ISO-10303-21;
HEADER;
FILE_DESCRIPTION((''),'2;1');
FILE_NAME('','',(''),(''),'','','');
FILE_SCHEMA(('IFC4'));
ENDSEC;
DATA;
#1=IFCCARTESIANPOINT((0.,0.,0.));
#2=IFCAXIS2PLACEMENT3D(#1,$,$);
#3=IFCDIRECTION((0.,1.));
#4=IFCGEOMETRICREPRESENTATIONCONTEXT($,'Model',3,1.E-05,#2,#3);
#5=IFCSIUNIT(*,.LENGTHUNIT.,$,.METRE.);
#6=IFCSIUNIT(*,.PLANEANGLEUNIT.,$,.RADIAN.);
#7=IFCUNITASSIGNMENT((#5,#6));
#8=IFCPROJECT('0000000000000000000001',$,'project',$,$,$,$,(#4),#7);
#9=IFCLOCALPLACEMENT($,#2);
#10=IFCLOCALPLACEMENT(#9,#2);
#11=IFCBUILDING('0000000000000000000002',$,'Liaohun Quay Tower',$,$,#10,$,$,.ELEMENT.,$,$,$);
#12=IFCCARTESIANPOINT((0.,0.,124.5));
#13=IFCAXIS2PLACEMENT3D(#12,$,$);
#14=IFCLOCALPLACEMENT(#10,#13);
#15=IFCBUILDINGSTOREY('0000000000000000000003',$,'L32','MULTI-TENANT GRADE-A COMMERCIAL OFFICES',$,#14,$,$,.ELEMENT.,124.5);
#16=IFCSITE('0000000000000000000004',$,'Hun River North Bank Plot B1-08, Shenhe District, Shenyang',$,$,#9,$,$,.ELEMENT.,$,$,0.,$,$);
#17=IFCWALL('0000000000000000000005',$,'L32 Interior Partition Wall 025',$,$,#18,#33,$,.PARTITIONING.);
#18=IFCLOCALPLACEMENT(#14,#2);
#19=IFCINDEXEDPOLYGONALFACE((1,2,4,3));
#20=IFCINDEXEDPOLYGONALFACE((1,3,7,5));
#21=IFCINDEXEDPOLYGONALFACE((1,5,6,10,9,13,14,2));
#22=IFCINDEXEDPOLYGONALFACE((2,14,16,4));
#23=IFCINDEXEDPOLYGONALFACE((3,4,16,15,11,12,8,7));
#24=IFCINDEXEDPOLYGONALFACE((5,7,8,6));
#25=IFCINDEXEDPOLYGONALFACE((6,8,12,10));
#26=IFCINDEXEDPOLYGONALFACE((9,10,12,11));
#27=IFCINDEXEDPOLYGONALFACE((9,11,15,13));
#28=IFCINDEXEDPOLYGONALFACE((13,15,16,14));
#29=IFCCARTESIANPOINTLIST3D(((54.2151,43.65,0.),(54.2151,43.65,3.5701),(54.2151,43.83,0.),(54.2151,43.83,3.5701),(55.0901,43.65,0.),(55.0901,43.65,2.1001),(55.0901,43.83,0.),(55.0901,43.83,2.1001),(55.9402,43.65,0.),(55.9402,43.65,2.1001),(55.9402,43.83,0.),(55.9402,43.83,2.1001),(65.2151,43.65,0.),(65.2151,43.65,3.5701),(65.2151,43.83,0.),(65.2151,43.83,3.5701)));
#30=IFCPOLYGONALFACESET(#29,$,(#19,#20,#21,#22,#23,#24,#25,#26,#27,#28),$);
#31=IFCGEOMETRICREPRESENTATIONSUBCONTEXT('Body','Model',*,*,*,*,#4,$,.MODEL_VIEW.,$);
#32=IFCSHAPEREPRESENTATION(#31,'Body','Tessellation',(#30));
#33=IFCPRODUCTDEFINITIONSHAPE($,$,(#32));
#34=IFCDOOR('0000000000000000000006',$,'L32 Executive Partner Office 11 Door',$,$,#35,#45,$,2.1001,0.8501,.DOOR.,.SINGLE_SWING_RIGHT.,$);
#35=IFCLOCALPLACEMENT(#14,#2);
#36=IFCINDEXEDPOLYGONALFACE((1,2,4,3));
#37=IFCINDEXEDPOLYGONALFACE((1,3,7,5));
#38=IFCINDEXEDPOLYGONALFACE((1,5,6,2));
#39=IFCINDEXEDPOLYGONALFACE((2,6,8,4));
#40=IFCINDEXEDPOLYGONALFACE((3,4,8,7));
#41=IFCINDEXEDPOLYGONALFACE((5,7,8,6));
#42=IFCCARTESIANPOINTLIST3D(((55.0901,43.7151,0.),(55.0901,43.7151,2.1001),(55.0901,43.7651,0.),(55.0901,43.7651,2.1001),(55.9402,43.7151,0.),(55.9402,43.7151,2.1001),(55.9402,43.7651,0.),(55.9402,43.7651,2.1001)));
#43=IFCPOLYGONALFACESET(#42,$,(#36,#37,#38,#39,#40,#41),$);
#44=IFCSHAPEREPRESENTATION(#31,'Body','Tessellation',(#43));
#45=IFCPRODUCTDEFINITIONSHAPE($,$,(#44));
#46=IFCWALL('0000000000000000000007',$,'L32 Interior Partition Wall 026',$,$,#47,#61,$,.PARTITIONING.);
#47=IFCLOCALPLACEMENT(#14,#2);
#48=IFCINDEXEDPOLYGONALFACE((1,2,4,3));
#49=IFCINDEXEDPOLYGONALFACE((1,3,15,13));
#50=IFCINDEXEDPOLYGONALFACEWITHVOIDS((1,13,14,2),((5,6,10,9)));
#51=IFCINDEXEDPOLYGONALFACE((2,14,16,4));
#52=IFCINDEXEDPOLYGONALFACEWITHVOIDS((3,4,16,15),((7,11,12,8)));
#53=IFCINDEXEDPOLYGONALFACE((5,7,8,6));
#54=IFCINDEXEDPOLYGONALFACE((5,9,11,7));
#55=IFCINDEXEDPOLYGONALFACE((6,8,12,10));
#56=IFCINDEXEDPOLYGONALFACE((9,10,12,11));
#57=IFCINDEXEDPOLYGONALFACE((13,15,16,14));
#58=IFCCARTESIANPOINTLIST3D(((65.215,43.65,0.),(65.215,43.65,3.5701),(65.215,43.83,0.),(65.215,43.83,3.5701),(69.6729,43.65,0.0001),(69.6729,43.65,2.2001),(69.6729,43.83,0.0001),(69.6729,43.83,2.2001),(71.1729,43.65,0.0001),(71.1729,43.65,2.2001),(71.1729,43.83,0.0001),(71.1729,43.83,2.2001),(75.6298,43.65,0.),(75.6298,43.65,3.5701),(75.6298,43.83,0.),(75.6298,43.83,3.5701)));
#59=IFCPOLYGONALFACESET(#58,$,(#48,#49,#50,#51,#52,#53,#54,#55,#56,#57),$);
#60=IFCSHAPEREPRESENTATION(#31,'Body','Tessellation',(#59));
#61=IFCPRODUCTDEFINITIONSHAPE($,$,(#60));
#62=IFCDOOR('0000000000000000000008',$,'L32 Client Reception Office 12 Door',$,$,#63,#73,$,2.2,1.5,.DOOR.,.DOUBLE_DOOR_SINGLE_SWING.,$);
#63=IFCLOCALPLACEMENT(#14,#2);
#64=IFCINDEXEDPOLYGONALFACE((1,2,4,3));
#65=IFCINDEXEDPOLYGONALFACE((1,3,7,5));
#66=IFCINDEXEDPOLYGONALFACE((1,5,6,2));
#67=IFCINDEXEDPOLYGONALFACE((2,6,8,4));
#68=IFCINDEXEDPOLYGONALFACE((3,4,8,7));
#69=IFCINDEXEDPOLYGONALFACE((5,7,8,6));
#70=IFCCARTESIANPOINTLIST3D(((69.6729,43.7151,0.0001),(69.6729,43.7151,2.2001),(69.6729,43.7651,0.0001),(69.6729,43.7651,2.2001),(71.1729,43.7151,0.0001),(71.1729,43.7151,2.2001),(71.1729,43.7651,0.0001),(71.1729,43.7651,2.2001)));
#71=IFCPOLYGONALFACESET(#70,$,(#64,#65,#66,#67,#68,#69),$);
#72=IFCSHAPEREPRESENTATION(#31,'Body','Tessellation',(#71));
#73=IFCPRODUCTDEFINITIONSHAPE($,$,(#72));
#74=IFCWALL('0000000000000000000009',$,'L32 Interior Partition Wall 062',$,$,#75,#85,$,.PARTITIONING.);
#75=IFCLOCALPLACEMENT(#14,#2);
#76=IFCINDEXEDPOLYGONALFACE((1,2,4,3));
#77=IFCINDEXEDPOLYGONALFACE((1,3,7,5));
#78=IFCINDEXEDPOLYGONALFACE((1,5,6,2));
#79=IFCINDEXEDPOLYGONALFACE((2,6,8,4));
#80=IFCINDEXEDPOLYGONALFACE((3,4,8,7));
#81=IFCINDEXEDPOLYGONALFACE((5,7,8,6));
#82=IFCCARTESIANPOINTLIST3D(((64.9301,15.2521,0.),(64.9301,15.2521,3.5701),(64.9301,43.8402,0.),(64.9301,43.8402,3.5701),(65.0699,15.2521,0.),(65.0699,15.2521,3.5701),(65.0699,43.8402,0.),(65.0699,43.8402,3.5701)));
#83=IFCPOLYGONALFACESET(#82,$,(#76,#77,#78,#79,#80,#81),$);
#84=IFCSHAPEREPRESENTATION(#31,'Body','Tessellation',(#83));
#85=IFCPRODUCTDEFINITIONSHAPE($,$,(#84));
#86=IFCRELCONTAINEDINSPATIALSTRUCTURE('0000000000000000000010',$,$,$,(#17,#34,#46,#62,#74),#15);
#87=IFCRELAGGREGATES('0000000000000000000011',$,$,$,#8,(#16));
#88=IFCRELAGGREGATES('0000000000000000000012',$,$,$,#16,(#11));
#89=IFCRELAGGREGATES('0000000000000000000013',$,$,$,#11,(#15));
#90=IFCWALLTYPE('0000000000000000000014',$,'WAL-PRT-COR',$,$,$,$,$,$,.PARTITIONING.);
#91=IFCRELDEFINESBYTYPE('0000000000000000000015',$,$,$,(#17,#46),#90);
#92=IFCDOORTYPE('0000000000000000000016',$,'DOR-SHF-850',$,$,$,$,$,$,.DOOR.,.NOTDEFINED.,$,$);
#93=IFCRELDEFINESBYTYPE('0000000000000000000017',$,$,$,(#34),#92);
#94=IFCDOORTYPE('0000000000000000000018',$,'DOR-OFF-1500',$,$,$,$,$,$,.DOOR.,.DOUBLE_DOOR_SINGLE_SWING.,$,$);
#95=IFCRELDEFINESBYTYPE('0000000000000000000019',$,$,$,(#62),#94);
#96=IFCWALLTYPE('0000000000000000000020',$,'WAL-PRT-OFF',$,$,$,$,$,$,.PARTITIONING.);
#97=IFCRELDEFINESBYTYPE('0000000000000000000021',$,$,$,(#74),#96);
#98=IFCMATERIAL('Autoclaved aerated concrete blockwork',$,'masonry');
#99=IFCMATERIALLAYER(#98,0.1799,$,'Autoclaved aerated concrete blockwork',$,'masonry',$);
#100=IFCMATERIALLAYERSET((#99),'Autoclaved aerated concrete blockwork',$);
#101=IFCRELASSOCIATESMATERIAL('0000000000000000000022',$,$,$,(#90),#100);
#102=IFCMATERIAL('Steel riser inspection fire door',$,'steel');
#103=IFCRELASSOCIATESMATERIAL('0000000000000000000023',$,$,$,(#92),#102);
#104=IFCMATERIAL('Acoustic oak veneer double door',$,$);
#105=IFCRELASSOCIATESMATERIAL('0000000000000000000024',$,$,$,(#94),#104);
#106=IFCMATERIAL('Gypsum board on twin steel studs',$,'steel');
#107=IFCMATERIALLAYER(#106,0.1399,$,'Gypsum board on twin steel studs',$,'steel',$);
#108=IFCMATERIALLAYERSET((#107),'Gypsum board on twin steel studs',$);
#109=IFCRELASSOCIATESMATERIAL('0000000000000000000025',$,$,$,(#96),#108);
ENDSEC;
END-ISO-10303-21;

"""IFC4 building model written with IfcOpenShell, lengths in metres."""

from ifc_helpers import new_model, si_unit, direction, frame, frame_2d, origin, place, context, subcontext, project, spatial, rectangle, extrude, source, transform, mapped, material, layer, layer_set, type_object, element, fill, save


model = new_model("IFC4")

# Units and contexts
model_context = context("Model", 3, precision=1e-05, world=origin(), true_north=direction((0.0, 1.0)))
body_context = subcontext(model_context, "Body", "Model", "MODEL_VIEW")
ifc_project = project(units=[si_unit("LENGTHUNIT", "METRE"), si_unit("PLANEANGLEUNIT", "RADIAN")], contexts=[model_context])

# Site, building, storey
site_placement = place(None, origin())
site = spatial("IfcSite", under=ifc_project, at=site_placement, Name="Hun River North Bank Plot B1-08, Shenhe District, Shenyang", CompositionType="ELEMENT", RefElevation=0.0)
building_placement = place(site_placement, origin())
building = spatial("IfcBuilding", under=site, at=building_placement, Name="Liaohun Quay Tower", CompositionType="ELEMENT")
storey_placement = place(building_placement, frame((0.0, 0.0, 124.5)))
storey = spatial("IfcBuildingStorey", under=building, at=storey_placement, Name="L32", Description="MULTI-TENANT GRADE-A COMMERCIAL OFFICES", CompositionType="ELEMENT", Elevation=124.5)

# Walls, openings, doors
ifc_material_1 = material(Name="Autoclaved aerated concrete blockwork", Category="masonry")
ifc_layer_1 = layer(ifc_material_1, 0.1799, Name="Autoclaved aerated concrete blockwork", Category="masonry")
ifc_layer_set_1 = layer_set([ifc_layer_1], Name="Autoclaved aerated concrete blockwork")
wall_type_1 = type_object("IfcWallType", Name="WAL-PRT-COR", PredefinedType="PARTITIONING", material=ifc_layer_set_1)
wall_1_placement = place(storey_placement, frame((65.2151, 43.74, 0.0), z_axis=(0.0, 0.0, 1.0), x_axis=(-1.0, 0.0, 0.0)))
wall_1 = element("IfcWall", 1, at=wall_1_placement, inside=storey, type_object=wall_type_1, Name="L32 Interior Partition Wall 025", PredefinedType="PARTITIONING", context=body_context, shape_type="SweptSolid", body=[
    extrude(rectangle(XDim=11.0, YDim=0.1799, at=frame_2d((5.5, 0.0))), origin(), (0.0, 0.0, 1.0), 3.5701),
])
shared_shape_1 = source(origin(), body_context, "Body", "SweptSolid", [
    extrude(rectangle(XDim=0.8501, YDim=2.1001, at=frame_2d((0.425, 1.05))), frame((0.0, 0.0999, 0.0), z_axis=(0.0, -1.0, 0.0), x_axis=(1.0, 0.0, 0.0)), (0.0, 0.0, 1.0), 0.2),
])
opening_1_placement = place(wall_1_placement, frame((9.2749, 0.0, 0.0)))
opening_1 = element("IfcOpeningElement", 2, at=opening_1_placement, cuts=wall_1, PredefinedType="OPENING", context=body_context, shape_type="MappedRepresentation", body=[
    mapped(shared_shape_1, transform((0.0, 0.0, 0.0), x_axis=(1.0, 0.0, 0.0), y_axis=(0.0, 1.0, 0.0), z_axis=(0.0, 0.0, 1.0), scale=1.0)),
])
ifc_material_2 = material(Name="Steel riser inspection fire door", Category="steel")
door_type_1 = type_object("IfcDoorType", Name="DOR-SHF-850", OperationType="NOTDEFINED", PredefinedType="DOOR", material=ifc_material_2)
shared_shape_2 = source(origin(), body_context, "Body", "SweptSolid", [
    extrude(rectangle(XDim=0.8501, YDim=2.1001, at=frame_2d((0.425, 1.05))), frame((0.0, 0.0249, 0.0), z_axis=(0.0, -1.0, 0.0), x_axis=(1.0, 0.0, 0.0)), (0.0, 0.0, 1.0), 0.05),
])
door_1_placement = place(opening_1_placement, origin())
door_1 = element("IfcDoor", 3, at=door_1_placement, inside=storey, type_object=door_type_1, Name="L32 Executive Partner Office 11 Door", OperationType="SINGLE_SWING_RIGHT", OverallHeight=2.1001, OverallWidth=0.8501, PredefinedType="DOOR", context=body_context, shape_type="MappedRepresentation", body=[
    mapped(shared_shape_2, transform((0.0, 0.0, 0.0), x_axis=(1.0, 0.0, 0.0), y_axis=(0.0, 1.0, 0.0), z_axis=(0.0, 0.0, 1.0), scale=1.0)),
])
fill(opening_1, door_1)
wall_2_placement = place(storey_placement, frame((75.6299, 43.74, 0.0), z_axis=(0.0, 0.0, 1.0), x_axis=(-1.0, 0.0, 0.0)))
wall_2 = element("IfcWall", 4, at=wall_2_placement, inside=storey, type_object=wall_type_1, Name="L32 Interior Partition Wall 026", PredefinedType="PARTITIONING", context=body_context, shape_type="SweptSolid", body=[
    extrude(rectangle(XDim=10.4148, YDim=0.1799, at=frame_2d((5.2075, 0.0))), origin(), (0.0, 0.0, 1.0), 3.5701),
])
shared_shape_3 = source(origin(), body_context, "Body", "SweptSolid", [
    extrude(rectangle(XDim=1.5, YDim=2.2, at=frame_2d((0.75, 1.1001))), frame((0.0, 0.0999, 0.0), z_axis=(0.0, -1.0, 0.0), x_axis=(1.0, 0.0, 0.0)), (0.0, 0.0, 1.0), 0.2),
])
opening_2_placement = place(wall_2_placement, frame((4.457, 0.0, 0.0)))
opening_2 = element("IfcOpeningElement", 5, at=opening_2_placement, cuts=wall_2, PredefinedType="OPENING", context=body_context, shape_type="MappedRepresentation", body=[
    mapped(shared_shape_3, transform((0.0, 0.0, 0.0), x_axis=(1.0, 0.0, 0.0), y_axis=(0.0, 1.0, 0.0), z_axis=(0.0, 0.0, 1.0), scale=1.0)),
])
ifc_material_3 = material(Name="Acoustic oak veneer double door")
door_type_2 = type_object("IfcDoorType", Name="DOR-OFF-1500", OperationType="DOUBLE_DOOR_SINGLE_SWING", PredefinedType="DOOR", material=ifc_material_3)
shared_shape_4 = source(origin(), body_context, "Body", "SweptSolid", [
    extrude(rectangle(XDim=1.5, YDim=2.2, at=frame_2d((0.75, 1.1001))), frame((0.0, 0.0249, 0.0), z_axis=(0.0, -1.0, 0.0), x_axis=(1.0, 0.0, 0.0)), (0.0, 0.0, 1.0), 0.05),
])
door_2_placement = place(opening_2_placement, origin())
door_2 = element("IfcDoor", 6, at=door_2_placement, inside=storey, type_object=door_type_2, Name="L32 Client Reception Office 12 Door", OperationType="DOUBLE_DOOR_SINGLE_SWING", OverallHeight=2.2, OverallWidth=1.5, PredefinedType="DOOR", context=body_context, shape_type="MappedRepresentation", body=[
    mapped(shared_shape_4, transform((0.0, 0.0, 0.0), x_axis=(1.0, 0.0, 0.0), y_axis=(0.0, 1.0, 0.0), z_axis=(0.0, 0.0, 1.0), scale=1.0)),
])
fill(opening_2, door_2)

# Wall
ifc_material_4 = material(Name="Gypsum board on twin steel studs", Category="steel")
ifc_layer_2 = layer(ifc_material_4, 0.1399, Name="Gypsum board on twin steel studs", Category="steel")
ifc_layer_set_2 = layer_set([ifc_layer_2], Name="Gypsum board on twin steel studs")
wall_type_2 = type_object("IfcWallType", Name="WAL-PRT-OFF", PredefinedType="PARTITIONING", material=ifc_layer_set_2)
wall_3_placement = place(storey_placement, frame((65.0, 43.8401, 0.0), z_axis=(0.0, 0.0, 1.0), x_axis=(0.0, -1.0, 0.0)))
element("IfcWall", 7, at=wall_3_placement, inside=storey, type_object=wall_type_2, Name="L32 Interior Partition Wall 062", PredefinedType="PARTITIONING", context=body_context, shape_type="SweptSolid", body=[
    extrude(rectangle(XDim=28.5881, YDim=0.1399, at=frame_2d((14.2939, 0.0))), origin(), (0.0, 0.0, 1.0), 3.5701),
])

save(model, "model.ifc")
